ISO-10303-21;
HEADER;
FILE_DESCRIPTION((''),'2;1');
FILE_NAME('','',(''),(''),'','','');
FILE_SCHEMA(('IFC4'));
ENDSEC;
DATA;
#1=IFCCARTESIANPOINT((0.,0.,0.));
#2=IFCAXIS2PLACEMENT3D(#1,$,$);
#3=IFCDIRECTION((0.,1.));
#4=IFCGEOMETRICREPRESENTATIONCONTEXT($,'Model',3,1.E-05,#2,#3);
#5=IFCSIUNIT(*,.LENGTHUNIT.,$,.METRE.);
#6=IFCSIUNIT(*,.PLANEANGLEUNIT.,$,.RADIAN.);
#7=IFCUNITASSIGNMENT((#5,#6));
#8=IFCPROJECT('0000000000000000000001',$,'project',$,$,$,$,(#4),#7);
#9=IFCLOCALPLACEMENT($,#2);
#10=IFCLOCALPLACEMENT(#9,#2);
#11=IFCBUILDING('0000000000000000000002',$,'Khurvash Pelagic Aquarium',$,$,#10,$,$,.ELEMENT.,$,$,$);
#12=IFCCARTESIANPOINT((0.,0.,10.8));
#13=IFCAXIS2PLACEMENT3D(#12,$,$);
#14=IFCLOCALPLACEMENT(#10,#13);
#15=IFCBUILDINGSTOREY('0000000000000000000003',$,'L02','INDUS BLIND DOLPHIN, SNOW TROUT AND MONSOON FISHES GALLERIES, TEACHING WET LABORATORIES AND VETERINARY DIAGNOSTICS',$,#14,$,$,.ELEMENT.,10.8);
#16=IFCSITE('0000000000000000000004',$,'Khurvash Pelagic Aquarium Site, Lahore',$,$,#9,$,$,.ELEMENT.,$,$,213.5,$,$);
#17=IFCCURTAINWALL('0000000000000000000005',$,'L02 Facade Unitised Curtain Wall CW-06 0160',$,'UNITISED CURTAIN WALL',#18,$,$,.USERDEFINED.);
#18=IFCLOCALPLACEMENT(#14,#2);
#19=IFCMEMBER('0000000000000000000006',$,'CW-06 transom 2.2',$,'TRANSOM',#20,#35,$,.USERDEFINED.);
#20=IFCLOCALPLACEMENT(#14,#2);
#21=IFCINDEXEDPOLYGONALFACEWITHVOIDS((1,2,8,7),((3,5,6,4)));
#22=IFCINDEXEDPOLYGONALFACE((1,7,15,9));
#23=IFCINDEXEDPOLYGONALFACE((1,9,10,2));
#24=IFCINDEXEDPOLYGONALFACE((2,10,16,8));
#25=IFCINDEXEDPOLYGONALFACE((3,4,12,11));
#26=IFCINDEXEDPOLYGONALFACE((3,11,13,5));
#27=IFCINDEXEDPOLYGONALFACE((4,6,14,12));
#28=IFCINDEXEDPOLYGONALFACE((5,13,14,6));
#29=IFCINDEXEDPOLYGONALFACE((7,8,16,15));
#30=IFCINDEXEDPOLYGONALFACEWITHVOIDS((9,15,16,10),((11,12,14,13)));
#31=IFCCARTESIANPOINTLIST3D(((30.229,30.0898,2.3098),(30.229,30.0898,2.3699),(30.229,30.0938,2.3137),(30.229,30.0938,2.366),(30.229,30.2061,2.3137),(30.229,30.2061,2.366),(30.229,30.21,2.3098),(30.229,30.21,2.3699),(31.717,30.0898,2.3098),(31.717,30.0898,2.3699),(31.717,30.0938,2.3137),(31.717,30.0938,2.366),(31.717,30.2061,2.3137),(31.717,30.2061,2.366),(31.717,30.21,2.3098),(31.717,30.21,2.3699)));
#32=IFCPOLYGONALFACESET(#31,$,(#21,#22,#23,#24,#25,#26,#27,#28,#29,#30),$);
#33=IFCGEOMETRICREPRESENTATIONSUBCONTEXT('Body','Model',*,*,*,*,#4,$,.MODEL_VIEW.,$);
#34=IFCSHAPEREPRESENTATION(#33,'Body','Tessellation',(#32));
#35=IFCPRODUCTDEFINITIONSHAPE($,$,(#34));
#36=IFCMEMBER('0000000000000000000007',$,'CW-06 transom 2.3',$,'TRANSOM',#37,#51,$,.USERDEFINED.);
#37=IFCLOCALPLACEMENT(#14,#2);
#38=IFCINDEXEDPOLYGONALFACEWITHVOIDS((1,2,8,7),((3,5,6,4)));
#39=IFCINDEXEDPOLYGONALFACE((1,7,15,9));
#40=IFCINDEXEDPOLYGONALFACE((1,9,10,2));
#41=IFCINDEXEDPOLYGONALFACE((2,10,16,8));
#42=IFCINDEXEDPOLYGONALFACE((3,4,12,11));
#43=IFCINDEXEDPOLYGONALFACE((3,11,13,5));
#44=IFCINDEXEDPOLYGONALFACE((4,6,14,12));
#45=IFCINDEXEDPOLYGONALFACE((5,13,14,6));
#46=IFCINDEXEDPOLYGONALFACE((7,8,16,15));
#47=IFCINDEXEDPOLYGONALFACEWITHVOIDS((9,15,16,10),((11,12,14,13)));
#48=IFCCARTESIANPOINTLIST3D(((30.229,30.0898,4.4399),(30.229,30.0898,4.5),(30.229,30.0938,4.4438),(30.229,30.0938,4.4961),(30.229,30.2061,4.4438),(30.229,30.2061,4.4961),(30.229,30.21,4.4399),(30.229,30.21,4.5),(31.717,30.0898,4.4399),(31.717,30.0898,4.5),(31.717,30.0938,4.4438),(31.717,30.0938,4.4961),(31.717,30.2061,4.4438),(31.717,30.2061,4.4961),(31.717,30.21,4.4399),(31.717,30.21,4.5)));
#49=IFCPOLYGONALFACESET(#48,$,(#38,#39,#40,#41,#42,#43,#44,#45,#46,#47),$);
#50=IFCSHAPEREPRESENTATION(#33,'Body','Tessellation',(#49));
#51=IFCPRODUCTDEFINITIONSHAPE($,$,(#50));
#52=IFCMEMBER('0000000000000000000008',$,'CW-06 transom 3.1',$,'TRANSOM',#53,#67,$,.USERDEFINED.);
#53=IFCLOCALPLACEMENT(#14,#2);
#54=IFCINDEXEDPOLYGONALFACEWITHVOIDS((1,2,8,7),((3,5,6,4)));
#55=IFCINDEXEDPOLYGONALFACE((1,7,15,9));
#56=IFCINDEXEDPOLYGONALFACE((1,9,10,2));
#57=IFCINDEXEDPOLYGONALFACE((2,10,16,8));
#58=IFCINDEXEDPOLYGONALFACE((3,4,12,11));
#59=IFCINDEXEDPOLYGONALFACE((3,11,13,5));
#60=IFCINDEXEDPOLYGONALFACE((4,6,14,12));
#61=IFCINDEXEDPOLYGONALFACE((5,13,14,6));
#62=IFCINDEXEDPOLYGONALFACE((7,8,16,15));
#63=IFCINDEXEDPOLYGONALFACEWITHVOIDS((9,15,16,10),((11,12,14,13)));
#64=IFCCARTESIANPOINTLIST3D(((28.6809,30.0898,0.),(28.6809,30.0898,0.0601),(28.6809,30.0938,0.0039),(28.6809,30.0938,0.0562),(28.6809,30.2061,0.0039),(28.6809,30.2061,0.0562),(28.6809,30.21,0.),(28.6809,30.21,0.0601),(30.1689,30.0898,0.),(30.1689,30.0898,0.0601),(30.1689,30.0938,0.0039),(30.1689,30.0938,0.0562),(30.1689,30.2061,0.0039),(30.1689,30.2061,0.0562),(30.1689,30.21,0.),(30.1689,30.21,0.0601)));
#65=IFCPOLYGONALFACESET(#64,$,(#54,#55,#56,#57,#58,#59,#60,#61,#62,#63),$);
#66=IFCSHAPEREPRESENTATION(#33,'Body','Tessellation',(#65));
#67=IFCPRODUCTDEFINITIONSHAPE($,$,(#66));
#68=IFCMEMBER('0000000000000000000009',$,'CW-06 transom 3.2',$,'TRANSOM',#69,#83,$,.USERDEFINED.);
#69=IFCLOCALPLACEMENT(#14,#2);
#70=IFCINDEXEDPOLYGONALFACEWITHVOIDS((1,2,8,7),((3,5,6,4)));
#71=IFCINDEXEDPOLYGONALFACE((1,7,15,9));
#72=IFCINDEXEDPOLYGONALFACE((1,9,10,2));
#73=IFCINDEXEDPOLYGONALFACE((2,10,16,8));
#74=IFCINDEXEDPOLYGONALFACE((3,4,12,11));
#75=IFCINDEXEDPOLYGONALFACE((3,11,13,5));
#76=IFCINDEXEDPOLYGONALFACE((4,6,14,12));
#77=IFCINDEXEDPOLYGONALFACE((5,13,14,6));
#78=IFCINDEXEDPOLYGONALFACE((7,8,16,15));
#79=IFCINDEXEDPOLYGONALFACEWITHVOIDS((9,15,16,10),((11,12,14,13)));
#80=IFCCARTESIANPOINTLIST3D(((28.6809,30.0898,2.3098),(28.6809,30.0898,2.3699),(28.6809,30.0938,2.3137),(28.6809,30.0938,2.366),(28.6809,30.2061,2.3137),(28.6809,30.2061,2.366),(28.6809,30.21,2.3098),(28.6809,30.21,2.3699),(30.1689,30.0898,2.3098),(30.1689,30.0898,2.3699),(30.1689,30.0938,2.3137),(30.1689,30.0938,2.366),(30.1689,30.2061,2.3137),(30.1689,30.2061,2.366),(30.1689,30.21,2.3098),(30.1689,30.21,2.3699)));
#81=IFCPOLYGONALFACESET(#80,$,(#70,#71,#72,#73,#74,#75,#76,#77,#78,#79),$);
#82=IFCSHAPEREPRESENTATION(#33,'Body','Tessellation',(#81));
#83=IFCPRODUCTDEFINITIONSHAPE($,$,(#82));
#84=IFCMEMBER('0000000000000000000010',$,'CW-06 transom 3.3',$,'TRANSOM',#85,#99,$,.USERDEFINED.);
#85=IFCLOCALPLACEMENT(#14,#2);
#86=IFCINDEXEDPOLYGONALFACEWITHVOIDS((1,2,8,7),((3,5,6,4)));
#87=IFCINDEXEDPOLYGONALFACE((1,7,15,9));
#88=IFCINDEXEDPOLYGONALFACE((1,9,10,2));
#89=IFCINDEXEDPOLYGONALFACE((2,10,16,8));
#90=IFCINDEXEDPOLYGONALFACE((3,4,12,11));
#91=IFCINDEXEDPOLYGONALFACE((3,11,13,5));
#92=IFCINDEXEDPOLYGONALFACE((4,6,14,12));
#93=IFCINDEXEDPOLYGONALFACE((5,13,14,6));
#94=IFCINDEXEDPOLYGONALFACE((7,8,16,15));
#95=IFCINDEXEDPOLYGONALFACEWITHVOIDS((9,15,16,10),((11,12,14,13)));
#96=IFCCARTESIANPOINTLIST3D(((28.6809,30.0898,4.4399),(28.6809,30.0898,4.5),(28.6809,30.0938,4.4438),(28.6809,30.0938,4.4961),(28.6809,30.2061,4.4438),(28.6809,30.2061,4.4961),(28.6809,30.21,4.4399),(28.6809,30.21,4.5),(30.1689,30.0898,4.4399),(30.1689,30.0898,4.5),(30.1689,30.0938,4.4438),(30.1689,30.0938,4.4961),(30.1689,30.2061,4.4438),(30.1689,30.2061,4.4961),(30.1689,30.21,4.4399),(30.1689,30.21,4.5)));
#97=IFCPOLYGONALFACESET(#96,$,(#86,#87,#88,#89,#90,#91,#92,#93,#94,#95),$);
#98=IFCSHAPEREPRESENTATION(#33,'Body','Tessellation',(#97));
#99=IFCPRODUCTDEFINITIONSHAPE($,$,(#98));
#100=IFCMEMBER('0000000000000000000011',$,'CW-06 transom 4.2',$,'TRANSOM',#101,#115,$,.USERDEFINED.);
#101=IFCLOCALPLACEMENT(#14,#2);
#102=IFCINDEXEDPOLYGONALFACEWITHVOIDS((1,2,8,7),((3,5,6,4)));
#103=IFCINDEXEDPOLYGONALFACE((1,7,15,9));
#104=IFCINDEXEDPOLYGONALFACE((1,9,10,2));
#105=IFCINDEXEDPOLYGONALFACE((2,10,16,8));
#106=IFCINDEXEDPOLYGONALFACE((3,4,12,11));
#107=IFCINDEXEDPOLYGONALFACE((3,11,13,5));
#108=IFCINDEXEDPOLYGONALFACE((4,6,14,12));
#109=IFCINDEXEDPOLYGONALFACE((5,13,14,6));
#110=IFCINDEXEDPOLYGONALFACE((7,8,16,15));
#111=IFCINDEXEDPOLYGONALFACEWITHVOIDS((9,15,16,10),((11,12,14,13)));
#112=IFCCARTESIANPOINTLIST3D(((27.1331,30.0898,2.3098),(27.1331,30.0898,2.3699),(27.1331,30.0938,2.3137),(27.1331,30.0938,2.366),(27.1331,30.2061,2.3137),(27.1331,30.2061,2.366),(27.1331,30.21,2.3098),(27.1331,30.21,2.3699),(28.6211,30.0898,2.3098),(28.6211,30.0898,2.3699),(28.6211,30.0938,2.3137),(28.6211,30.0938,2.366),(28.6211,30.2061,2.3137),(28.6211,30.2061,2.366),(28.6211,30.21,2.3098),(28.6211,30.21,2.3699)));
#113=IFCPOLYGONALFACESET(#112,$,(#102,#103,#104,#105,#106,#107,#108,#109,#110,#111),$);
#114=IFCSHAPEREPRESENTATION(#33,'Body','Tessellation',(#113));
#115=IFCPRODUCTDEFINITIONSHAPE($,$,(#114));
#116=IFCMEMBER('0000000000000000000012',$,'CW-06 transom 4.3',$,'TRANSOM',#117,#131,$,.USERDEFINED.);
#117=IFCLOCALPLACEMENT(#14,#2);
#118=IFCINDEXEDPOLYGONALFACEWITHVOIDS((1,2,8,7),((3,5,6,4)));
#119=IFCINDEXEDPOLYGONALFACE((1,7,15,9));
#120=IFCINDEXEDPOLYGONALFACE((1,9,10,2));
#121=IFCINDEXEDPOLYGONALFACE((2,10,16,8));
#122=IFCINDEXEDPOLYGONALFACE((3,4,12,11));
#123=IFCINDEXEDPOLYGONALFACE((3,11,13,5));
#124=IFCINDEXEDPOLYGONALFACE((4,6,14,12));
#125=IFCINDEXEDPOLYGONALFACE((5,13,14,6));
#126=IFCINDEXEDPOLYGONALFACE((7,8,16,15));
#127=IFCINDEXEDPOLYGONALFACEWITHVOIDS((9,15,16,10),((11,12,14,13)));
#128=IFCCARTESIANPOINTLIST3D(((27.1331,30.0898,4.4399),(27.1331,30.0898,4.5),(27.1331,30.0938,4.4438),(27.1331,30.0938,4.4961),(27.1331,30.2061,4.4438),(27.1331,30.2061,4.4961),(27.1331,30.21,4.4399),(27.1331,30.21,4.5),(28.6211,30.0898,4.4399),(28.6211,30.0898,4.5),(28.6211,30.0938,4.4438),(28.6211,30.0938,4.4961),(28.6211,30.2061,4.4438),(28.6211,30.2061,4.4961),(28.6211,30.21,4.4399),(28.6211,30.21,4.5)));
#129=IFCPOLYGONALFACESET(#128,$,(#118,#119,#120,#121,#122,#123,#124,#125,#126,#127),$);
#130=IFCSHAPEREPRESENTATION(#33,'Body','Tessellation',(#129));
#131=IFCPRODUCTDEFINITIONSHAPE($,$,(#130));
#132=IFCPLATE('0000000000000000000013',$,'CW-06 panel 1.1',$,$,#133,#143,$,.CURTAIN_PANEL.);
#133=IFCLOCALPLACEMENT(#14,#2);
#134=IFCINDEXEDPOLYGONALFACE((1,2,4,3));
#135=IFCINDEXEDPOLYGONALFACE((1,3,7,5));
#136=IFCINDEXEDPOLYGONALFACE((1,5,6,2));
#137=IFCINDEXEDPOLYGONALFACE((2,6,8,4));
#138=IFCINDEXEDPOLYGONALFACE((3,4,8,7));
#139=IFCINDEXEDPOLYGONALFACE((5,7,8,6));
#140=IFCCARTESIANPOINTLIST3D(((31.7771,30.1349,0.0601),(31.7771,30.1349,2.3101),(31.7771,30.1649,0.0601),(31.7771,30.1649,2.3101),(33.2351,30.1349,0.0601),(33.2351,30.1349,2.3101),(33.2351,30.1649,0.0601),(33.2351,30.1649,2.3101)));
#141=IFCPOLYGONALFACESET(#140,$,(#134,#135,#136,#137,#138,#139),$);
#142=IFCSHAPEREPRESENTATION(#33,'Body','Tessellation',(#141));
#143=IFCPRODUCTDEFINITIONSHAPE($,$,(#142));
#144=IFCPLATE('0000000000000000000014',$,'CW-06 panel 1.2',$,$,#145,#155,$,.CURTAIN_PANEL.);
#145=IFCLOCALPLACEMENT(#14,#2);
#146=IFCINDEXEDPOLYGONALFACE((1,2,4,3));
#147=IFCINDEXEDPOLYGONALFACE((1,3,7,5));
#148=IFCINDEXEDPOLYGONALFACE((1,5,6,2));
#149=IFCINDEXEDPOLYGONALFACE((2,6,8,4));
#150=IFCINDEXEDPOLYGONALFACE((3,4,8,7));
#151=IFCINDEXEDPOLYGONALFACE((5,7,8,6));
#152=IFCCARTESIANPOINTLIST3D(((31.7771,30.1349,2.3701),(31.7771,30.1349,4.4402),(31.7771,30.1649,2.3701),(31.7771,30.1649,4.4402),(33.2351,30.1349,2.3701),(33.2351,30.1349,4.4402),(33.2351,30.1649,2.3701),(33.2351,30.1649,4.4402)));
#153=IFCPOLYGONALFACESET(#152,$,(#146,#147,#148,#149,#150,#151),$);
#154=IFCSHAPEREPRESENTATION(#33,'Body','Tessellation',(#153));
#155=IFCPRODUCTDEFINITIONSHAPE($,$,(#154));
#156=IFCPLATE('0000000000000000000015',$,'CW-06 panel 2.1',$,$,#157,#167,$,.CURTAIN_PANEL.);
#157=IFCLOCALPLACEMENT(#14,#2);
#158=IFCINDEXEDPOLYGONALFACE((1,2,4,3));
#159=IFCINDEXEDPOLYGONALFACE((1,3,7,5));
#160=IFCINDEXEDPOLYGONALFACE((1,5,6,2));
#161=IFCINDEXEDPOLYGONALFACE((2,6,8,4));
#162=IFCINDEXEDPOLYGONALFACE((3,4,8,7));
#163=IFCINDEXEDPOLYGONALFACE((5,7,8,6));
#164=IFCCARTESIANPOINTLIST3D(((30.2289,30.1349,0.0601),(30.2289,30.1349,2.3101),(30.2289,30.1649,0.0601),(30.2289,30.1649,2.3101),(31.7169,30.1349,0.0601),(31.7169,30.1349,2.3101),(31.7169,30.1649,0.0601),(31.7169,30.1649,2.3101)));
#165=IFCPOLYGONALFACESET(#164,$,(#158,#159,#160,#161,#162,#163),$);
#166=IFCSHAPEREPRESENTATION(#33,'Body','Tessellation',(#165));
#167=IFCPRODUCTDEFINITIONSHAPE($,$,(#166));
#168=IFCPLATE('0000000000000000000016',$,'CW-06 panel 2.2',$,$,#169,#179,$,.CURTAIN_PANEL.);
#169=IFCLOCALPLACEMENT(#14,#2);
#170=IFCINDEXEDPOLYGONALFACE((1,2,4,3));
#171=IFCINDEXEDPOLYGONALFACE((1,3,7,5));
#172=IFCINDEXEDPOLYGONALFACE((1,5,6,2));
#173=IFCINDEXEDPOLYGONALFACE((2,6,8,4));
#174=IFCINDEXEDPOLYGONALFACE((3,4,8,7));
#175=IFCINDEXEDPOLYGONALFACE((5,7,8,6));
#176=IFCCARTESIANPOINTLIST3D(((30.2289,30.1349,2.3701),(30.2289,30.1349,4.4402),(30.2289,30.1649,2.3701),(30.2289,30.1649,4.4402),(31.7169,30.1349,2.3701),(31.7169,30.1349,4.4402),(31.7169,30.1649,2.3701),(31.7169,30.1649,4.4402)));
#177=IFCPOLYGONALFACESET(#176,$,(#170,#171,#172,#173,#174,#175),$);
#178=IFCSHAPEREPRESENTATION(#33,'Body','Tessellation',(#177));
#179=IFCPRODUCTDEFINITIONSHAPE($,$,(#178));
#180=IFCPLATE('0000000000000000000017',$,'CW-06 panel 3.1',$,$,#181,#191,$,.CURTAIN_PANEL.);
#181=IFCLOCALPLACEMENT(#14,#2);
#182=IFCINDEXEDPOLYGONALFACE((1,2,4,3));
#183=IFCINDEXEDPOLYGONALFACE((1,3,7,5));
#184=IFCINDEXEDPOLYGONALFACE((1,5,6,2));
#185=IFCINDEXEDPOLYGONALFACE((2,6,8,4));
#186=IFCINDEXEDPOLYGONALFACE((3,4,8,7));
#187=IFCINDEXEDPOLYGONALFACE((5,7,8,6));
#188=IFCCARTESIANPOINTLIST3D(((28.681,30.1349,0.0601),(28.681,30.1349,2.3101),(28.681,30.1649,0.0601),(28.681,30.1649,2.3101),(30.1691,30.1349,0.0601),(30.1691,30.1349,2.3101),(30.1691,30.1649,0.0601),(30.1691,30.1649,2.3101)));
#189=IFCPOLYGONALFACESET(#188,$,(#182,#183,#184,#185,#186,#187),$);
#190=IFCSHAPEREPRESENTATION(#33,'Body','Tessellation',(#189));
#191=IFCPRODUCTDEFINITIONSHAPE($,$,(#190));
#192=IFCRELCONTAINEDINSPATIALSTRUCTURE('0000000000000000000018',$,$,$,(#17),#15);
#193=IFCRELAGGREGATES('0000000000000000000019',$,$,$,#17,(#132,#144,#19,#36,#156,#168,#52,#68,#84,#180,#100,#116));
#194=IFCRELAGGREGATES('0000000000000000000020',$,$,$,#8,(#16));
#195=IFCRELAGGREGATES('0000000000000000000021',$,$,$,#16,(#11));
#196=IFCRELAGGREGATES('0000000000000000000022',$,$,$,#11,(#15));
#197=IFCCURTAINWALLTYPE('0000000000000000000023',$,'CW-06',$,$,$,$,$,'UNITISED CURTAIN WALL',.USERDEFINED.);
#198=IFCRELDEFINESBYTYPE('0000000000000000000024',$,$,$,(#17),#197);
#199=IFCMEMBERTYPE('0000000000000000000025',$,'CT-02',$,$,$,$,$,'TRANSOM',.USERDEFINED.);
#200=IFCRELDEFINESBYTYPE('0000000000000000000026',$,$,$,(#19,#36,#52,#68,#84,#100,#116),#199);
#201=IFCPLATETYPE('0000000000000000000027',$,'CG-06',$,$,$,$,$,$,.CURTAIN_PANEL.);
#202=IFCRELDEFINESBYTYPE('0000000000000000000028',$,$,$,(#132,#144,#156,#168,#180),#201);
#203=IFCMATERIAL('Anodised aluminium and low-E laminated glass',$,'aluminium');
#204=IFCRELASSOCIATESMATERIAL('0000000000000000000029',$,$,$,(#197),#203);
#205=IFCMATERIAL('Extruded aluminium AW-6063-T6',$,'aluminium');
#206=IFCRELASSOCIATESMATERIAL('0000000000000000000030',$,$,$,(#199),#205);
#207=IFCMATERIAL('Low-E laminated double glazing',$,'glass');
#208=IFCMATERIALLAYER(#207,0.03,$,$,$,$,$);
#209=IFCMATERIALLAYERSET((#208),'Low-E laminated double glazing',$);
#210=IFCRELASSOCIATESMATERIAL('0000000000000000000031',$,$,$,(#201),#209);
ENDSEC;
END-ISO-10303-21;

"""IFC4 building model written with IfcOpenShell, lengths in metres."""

from ifc_helpers import new_model, si_unit, direction, frame, origin, origin_2d, place, context, subcontext, project, spatial, rectangle, hollow_rectangle, extrude, material, layer, layer_set, material_profile, profile_set, type_object, element, aggregate, save


model = new_model("IFC4")

# Units and contexts
model_context = context("Model", 3, precision=1e-05, world=origin(), true_north=direction((0.0, 1.0)))
body_context = subcontext(model_context, "Body", "Model", "MODEL_VIEW")
ifc_project = project(units=[si_unit("LENGTHUNIT", "METRE"), si_unit("PLANEANGLEUNIT", "RADIAN")], contexts=[model_context])

# Site, building, storey
site_placement = place(None, origin())
site = spatial("IfcSite", under=ifc_project, at=site_placement, Name="Khurvash Pelagic Aquarium Site, Lahore", CompositionType="ELEMENT", RefElevation=213.5)
building_placement = place(site_placement, origin())
building = spatial("IfcBuilding", under=site, at=building_placement, Name="Khurvash Pelagic Aquarium", CompositionType="ELEMENT")
storey_placement = place(building_placement, frame((0.0, 0.0, 10.8)))
storey = spatial("IfcBuildingStorey", under=building, at=storey_placement, Name="L02", Description="INDUS BLIND DOLPHIN, SNOW TROUT AND MONSOON FISHES GALLERIES, TEACHING WET LABORATORIES AND VETERINARY DIAGNOSTICS", CompositionType="ELEMENT", Elevation=10.8)

# Curtain wall, members, plates
ifc_material_1 = material(Name="Anodised aluminium and low-E laminated glass", Category="aluminium")
curtain_wall_type = type_object("IfcCurtainWallType", Name="CW-06", ElementType="UNITISED CURTAIN WALL", PredefinedType="USERDEFINED", material=ifc_material_1)
curtain_wall_placement = place(storey_placement, origin())
curtain_wall = element("IfcCurtainWall", 1, at=curtain_wall_placement, inside=storey, type_object=curtain_wall_type, Name="L02 Facade Unitised Curtain Wall CW-06 0160", ObjectType="UNITISED CURTAIN WALL", PredefinedType="USERDEFINED")
ifc_material_2 = material(Name="Extruded aluminium AW-6063-T6", Category="aluminium")
ifc_material_profile_1 = material_profile(ifc_material_2, hollow_rectangle(XDim=0.1201, YDim=0.0601, WallThickness=0.0039, at=origin_2d()), Name="CWT120X60X4")
ifc_profile_set_1 = profile_set([ifc_material_profile_1], Name="Extruded aluminium AW-6063-T6")
member_type_1 = type_object("IfcMemberType", Name="CT-02", ElementType="TRANSOM", PredefinedType="USERDEFINED", material=ifc_profile_set_1)
member_1_placement = place(storey_placement, frame((31.717, 30.1499, 2.3398), z_axis=(-1.0, 0.0, 0.0), x_axis=(0.0, -1.0, 0.0)))
member_1 = element("IfcMember", 2, at=member_1_placement, type_object=member_type_1, Name="CW-06 transom 2.2", ObjectType="TRANSOM", PredefinedType="USERDEFINED", context=body_context, shape_type="SweptSolid", body=[
    extrude(hollow_rectangle(XDim=0.1201, YDim=0.0601, WallThickness=0.0039, at=origin_2d()), origin(), (0.0, 0.0, 1.0), 1.488),
])
member_2_placement = place(storey_placement, frame((31.717, 30.1499, 4.47), z_axis=(-1.0, 0.0, 0.0), x_axis=(0.0, -1.0, 0.0)))
member_2 = element("IfcMember", 3, at=member_2_placement, type_object=member_type_1, Name="CW-06 transom 2.3", ObjectType="TRANSOM", PredefinedType="USERDEFINED", context=body_context, shape_type="SweptSolid", body=[
    extrude(hollow_rectangle(XDim=0.1201, YDim=0.0601, WallThickness=0.0039, at=origin_2d()), origin(), (0.0, 0.0, 1.0), 1.488),
])
member_3_placement = place(storey_placement, frame((30.1689, 30.1499, 0.03), z_axis=(-1.0, 0.0, 0.0), x_axis=(0.0, -1.0, 0.0)))
member_3 = element("IfcMember", 4, at=member_3_placement, type_object=member_type_1, Name="CW-06 transom 3.1", ObjectType="TRANSOM", PredefinedType="USERDEFINED", context=body_context, shape_type="SweptSolid", body=[
    extrude(hollow_rectangle(XDim=0.1201, YDim=0.0601, WallThickness=0.0039, at=origin_2d()), origin(), (0.0, 0.0, 1.0), 1.488),
])
member_4_placement = place(storey_placement, frame((30.1689, 30.1499, 2.3398), z_axis=(-1.0, 0.0, 0.0), x_axis=(0.0, -1.0, 0.0)))
member_4 = element("IfcMember", 5, at=member_4_placement, type_object=member_type_1, Name="CW-06 transom 3.2", ObjectType="TRANSOM", PredefinedType="USERDEFINED", context=body_context, shape_type="SweptSolid", body=[
    extrude(hollow_rectangle(XDim=0.1201, YDim=0.0601, WallThickness=0.0039, at=origin_2d()), origin(), (0.0, 0.0, 1.0), 1.488),
])
member_5_placement = place(storey_placement, frame((30.1689, 30.1499, 4.47), z_axis=(-1.0, 0.0, 0.0), x_axis=(0.0, -1.0, 0.0)))
member_5 = element("IfcMember", 6, at=member_5_placement, type_object=member_type_1, Name="CW-06 transom 3.3", ObjectType="TRANSOM", PredefinedType="USERDEFINED", context=body_context, shape_type="SweptSolid", body=[
    extrude(hollow_rectangle(XDim=0.1201, YDim=0.0601, WallThickness=0.0039, at=origin_2d()), origin(), (0.0, 0.0, 1.0), 1.488),
])
member_6_placement = place(storey_placement, frame((28.6211, 30.1499, 2.3398), z_axis=(-1.0, 0.0, 0.0), x_axis=(0.0, -1.0, 0.0)))
member_6 = element("IfcMember", 7, at=member_6_placement, type_object=member_type_1, Name="CW-06 transom 4.2", ObjectType="TRANSOM", PredefinedType="USERDEFINED", context=body_context, shape_type="SweptSolid", body=[
    extrude(hollow_rectangle(XDim=0.1201, YDim=0.0601, WallThickness=0.0039, at=origin_2d()), origin(), (0.0, 0.0, 1.0), 1.488),
])
member_7_placement = place(storey_placement, frame((28.6211, 30.1499, 4.47), z_axis=(-1.0, 0.0, 0.0), x_axis=(0.0, -1.0, 0.0)))
member_7 = element("IfcMember", 8, at=member_7_placement, type_object=member_type_1, Name="CW-06 transom 4.3", ObjectType="TRANSOM", PredefinedType="USERDEFINED", context=body_context, shape_type="SweptSolid", body=[
    extrude(hollow_rectangle(XDim=0.1201, YDim=0.0601, WallThickness=0.0039, at=origin_2d()), origin(), (0.0, 0.0, 1.0), 1.488),
])
ifc_material_3 = material(Name="Low-E laminated double glazing", Category="glass")
ifc_layer_1 = layer(ifc_material_3, 0.03)
ifc_layer_set_1 = layer_set([ifc_layer_1], Name="Low-E laminated double glazing")
plate_type = type_object("IfcPlateType", Name="CG-06", PredefinedType="CURTAIN_PANEL", material=ifc_layer_set_1)
plate_1_placement = place(storey_placement, frame((32.5061, 30.1499, 0.0601), z_axis=(0.0, 0.0, 1.0), x_axis=(-1.0, 0.0, 0.0)))
plate_1 = element("IfcPlate", 9, at=plate_1_placement, type_object=plate_type, Name="CW-06 panel 1.1", PredefinedType="CURTAIN_PANEL", context=body_context, shape_type="SweptSolid", body=[
    extrude(rectangle(XDim=1.458, YDim=0.03, at=origin_2d()), origin(), (0.0, 0.0, 1.0), 2.25),
])
plate_2_placement = place(storey_placement, frame((32.5061, 30.1499, 2.3701), z_axis=(0.0, 0.0, 1.0), x_axis=(-1.0, 0.0, 0.0)))
plate_2 = element("IfcPlate", 10, at=plate_2_placement, type_object=plate_type, Name="CW-06 panel 1.2", PredefinedType="CURTAIN_PANEL", context=body_context, shape_type="SweptSolid", body=[
    extrude(rectangle(XDim=1.458, YDim=0.03, at=origin_2d()), origin(), (0.0, 0.0, 1.0), 2.0701),
])
plate_3_placement = place(storey_placement, frame((30.9729, 30.1499, 0.0601), z_axis=(0.0, 0.0, 1.0), x_axis=(-1.0, 0.0, 0.0)))
plate_3 = element("IfcPlate", 11, at=plate_3_placement, type_object=plate_type, Name="CW-06 panel 2.1", PredefinedType="CURTAIN_PANEL", context=body_context, shape_type="SweptSolid", body=[
    extrude(rectangle(XDim=1.488, YDim=0.03, at=origin_2d()), origin(), (0.0, 0.0, 1.0), 2.25),
])
plate_4_placement = place(storey_placement, frame((30.9729, 30.1499, 2.3701), z_axis=(0.0, 0.0, 1.0), x_axis=(-1.0, 0.0, 0.0)))
plate_4 = element("IfcPlate", 12, at=plate_4_placement, type_object=plate_type, Name="CW-06 panel 2.2", PredefinedType="CURTAIN_PANEL", context=body_context, shape_type="SweptSolid", body=[
    extrude(rectangle(XDim=1.488, YDim=0.03, at=origin_2d()), origin(), (0.0, 0.0, 1.0), 2.0701),
])
plate_5_placement = place(storey_placement, frame((29.425, 30.1499, 0.0601), z_axis=(0.0, 0.0, 1.0), x_axis=(-1.0, 0.0, 0.0)))
plate_5 = element("IfcPlate", 13, at=plate_5_placement, type_object=plate_type, Name="CW-06 panel 3.1", PredefinedType="CURTAIN_PANEL", context=body_context, shape_type="SweptSolid", body=[
    extrude(rectangle(XDim=1.488, YDim=0.03, at=origin_2d()), origin(), (0.0, 0.0, 1.0), 2.25),
])
aggregate(curtain_wall, [plate_1, plate_2, member_1, member_2, plate_3, plate_4, member_3, member_4, member_5, plate_5, member_6, member_7])

save(model, "model.ifc")
